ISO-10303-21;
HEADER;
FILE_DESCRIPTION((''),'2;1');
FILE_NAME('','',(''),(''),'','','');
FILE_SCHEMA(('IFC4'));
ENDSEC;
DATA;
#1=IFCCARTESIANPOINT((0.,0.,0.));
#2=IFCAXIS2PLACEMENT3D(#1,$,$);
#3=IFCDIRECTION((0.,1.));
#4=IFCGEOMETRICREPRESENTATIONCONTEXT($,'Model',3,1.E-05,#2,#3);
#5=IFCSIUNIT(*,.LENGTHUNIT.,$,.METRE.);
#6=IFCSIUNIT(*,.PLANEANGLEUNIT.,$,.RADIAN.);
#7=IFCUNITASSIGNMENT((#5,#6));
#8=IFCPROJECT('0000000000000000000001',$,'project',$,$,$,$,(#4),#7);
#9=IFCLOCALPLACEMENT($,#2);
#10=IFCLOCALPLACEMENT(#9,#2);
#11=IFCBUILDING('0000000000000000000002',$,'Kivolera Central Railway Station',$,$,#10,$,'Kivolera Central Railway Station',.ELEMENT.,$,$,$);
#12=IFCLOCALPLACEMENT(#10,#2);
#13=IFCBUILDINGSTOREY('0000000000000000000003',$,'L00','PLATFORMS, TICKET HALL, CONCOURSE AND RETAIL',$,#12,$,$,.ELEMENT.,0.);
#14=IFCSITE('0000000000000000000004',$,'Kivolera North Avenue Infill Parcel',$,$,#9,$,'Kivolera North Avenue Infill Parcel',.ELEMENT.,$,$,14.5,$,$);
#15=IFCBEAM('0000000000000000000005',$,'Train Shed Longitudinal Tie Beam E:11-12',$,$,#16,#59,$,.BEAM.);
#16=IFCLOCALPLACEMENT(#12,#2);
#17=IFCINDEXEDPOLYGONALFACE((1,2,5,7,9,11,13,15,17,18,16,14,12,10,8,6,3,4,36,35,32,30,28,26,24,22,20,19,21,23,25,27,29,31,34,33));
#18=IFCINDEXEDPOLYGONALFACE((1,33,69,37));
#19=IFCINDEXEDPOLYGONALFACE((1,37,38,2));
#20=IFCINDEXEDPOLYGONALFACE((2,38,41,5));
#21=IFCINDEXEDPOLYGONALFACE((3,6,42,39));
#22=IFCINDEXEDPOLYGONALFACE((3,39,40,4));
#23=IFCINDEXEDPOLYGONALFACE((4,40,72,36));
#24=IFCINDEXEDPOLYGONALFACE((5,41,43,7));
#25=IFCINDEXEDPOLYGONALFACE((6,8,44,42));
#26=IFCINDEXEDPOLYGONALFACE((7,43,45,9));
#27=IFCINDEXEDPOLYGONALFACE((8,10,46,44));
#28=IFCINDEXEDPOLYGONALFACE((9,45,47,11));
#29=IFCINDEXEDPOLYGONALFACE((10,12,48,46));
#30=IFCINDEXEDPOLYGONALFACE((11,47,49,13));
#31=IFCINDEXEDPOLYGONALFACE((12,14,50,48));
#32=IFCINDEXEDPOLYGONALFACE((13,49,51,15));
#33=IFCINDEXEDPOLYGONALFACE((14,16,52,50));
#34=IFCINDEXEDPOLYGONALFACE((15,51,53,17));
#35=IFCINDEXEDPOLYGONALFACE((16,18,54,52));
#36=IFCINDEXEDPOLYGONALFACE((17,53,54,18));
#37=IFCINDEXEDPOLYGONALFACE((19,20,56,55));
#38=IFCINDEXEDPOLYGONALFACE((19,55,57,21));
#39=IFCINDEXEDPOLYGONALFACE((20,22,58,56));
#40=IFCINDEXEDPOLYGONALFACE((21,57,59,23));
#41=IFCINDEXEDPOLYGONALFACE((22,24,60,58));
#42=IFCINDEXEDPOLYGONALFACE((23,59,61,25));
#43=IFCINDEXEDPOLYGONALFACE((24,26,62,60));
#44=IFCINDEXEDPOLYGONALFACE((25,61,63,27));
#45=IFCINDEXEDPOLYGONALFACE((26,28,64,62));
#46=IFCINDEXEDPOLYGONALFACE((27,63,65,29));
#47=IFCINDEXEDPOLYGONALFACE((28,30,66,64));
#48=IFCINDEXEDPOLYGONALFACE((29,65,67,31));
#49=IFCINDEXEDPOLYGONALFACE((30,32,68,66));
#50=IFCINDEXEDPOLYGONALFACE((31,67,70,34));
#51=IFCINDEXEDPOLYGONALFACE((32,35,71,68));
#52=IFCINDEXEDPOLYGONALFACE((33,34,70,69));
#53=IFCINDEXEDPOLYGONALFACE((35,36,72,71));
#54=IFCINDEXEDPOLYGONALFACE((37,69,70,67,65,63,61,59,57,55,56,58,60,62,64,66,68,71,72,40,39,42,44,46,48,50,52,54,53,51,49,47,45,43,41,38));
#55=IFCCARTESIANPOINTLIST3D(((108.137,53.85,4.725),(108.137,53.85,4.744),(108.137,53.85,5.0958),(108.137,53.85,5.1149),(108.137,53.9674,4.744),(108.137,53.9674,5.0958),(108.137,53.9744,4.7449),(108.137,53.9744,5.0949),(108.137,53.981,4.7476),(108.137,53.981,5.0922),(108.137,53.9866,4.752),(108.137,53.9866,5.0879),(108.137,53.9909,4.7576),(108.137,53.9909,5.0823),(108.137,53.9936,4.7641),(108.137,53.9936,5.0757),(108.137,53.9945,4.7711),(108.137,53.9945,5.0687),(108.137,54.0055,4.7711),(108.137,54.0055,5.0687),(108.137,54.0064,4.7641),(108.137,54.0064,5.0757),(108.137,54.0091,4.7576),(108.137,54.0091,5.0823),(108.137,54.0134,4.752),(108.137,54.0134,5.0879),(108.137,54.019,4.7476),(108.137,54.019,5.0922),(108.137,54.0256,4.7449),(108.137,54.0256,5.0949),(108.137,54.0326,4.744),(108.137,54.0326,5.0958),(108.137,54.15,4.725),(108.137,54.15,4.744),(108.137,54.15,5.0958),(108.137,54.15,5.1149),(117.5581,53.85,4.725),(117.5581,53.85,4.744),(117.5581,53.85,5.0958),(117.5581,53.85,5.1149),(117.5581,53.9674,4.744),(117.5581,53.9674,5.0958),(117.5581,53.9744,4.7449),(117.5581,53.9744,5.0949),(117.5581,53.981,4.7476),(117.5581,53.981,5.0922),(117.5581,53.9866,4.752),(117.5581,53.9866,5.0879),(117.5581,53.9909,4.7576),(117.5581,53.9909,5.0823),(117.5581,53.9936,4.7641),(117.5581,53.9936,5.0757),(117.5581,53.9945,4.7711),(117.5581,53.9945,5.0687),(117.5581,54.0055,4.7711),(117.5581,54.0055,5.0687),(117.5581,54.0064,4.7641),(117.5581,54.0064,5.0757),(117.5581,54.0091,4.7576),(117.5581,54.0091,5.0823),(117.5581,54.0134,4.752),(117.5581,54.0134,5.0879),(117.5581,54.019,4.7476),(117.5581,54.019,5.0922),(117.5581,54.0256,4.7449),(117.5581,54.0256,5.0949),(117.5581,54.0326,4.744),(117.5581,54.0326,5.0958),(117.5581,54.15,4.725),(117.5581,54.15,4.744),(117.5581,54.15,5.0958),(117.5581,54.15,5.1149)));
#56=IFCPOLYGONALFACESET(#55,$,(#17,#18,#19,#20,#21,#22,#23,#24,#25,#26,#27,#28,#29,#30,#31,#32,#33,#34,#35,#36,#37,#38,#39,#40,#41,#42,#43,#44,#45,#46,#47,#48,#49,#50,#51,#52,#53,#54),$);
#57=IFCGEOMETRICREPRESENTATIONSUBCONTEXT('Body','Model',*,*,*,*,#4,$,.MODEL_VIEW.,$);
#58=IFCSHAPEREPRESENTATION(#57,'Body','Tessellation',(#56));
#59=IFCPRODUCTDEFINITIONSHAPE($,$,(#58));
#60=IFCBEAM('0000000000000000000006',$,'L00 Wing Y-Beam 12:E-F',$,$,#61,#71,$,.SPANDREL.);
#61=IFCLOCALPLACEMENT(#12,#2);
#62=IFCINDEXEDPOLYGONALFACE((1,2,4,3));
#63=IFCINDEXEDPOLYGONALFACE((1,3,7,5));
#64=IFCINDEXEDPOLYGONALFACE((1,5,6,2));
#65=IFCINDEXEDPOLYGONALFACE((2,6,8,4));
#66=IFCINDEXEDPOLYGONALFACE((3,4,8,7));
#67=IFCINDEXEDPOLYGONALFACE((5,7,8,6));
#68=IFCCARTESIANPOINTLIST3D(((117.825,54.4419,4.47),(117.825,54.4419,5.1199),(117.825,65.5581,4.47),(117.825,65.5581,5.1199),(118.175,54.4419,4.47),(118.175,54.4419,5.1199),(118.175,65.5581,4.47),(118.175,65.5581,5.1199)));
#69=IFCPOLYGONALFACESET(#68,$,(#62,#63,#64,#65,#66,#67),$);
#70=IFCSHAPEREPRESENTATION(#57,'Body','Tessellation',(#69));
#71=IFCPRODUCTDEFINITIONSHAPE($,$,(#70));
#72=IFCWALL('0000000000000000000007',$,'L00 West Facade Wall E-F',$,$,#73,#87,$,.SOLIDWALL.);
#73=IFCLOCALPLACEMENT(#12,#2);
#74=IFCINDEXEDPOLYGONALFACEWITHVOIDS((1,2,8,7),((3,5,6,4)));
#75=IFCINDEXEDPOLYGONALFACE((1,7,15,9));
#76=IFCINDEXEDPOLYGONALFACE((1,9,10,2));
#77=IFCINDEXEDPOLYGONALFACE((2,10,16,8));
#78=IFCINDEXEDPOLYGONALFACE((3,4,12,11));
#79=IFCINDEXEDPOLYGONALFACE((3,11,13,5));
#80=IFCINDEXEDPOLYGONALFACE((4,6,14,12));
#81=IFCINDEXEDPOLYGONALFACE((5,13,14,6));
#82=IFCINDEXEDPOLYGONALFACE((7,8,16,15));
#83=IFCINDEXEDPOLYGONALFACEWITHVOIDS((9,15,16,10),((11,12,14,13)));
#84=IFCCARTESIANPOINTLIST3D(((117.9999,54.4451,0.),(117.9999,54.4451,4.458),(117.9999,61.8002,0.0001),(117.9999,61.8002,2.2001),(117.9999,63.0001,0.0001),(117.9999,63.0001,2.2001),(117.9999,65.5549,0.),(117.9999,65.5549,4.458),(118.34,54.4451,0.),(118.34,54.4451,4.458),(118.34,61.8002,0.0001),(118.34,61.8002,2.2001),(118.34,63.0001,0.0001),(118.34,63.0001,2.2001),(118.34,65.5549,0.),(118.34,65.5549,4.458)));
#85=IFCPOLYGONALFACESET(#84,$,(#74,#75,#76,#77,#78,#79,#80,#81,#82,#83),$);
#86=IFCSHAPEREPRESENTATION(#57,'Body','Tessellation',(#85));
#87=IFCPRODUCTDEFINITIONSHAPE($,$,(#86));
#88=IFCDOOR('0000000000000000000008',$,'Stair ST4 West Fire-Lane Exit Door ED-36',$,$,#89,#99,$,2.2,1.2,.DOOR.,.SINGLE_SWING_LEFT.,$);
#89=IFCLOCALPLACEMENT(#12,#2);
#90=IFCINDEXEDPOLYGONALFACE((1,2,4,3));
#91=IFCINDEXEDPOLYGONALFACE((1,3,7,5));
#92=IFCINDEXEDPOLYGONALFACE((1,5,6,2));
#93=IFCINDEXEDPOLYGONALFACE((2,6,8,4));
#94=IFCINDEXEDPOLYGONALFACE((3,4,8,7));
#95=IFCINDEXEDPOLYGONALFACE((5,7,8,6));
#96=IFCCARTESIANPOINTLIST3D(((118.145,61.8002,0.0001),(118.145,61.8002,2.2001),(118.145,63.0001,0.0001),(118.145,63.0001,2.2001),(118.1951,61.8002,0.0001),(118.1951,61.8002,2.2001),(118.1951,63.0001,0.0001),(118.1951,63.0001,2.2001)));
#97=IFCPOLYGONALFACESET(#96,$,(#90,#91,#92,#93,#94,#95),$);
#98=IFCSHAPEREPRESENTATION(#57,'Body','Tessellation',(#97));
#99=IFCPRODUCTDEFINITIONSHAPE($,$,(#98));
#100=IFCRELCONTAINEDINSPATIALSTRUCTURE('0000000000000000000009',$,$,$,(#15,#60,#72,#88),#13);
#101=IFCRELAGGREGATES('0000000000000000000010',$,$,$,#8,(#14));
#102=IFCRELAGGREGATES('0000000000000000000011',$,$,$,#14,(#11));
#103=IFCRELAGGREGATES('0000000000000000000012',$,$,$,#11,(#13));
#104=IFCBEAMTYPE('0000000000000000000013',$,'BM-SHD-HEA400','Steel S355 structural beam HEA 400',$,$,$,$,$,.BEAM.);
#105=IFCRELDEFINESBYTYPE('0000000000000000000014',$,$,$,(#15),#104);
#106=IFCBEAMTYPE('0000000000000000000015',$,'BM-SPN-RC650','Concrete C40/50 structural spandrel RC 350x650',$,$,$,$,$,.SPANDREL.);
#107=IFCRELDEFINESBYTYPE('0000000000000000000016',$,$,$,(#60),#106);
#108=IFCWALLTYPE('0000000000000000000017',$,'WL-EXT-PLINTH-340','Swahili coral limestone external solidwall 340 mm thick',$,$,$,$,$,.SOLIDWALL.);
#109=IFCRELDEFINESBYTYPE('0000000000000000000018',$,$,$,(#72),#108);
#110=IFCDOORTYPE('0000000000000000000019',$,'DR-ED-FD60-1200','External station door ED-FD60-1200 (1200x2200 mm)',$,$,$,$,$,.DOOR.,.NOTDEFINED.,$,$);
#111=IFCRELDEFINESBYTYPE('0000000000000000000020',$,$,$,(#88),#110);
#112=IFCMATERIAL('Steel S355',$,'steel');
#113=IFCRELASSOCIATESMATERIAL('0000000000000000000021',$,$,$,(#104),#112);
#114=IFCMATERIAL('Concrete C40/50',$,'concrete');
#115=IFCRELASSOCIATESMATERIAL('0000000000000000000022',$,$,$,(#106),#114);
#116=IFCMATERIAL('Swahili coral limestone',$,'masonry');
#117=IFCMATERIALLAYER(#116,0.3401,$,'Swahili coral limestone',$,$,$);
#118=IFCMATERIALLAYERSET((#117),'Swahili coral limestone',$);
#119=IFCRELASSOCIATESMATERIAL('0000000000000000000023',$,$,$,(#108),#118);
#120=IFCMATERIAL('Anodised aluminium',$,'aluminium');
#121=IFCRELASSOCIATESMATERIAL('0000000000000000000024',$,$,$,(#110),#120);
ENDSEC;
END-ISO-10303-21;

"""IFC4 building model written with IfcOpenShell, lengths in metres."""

from ifc_helpers import new_model, si_unit, direction, frame, frame_2d, origin, origin_2d, place, context, subcontext, project, spatial, rectangle, i_section, extrude, material, layer, layer_set, material_profile, profile_set, type_object, element, fill, save


model = new_model("IFC4")

# Units and contexts
model_context = context("Model", 3, precision=1e-05, world=origin(), true_north=direction((0.0, 1.0)))
body_context = subcontext(model_context, "Body", "Model", "MODEL_VIEW")
ifc_project = project(units=[si_unit("LENGTHUNIT", "METRE"), si_unit("PLANEANGLEUNIT", "RADIAN")], contexts=[model_context])

# Site, building, storey
site_placement = place(None, origin())
site = spatial("IfcSite", under=ifc_project, at=site_placement, Name="Kivolera North Avenue Infill Parcel", LongName="Kivolera North Avenue Infill Parcel", CompositionType="ELEMENT", RefElevation=14.5)
building_placement = place(site_placement, origin())
building = spatial("IfcBuilding", under=site, at=building_placement, Name="Kivolera Central Railway Station", LongName="Kivolera Central Railway Station", CompositionType="ELEMENT")
storey_placement = place(building_placement, origin())
storey = spatial("IfcBuildingStorey", under=building, at=storey_placement, Name="L00", Description="PLATFORMS, TICKET HALL, CONCOURSE AND RETAIL", CompositionType="ELEMENT", Elevation=0.0)

# Shared definitions
ifc_material_1 = material(Name="Concrete C40/50", Category="concrete")
ifc_material_2 = material(Name="Steel S355", Category="steel")

# Beams
ifc_material_profile_1 = material_profile(ifc_material_2, i_section(OverallWidth=0.3, OverallDepth=0.3899, WebThickness=0.011, FlangeThickness=0.019, FilletRadius=0.0271, at=origin_2d()), Name="HEA 400")
ifc_profile_set_1 = profile_set([ifc_material_profile_1], Name="Steel S355")
beam_type_1 = type_object("IfcBeamType", Name="BM-SHD-HEA400", Description="Steel S355 structural beam HEA 400", PredefinedType="BEAM", material=ifc_profile_set_1)
beam_1_placement = place(storey_placement, frame((108.137, 54.0, 4.9199), z_axis=(1.0, 0.0, 0.0), x_axis=(0.0, 1.0, 0.0)))
element("IfcBeam", 1, at=beam_1_placement, inside=storey, type_object=beam_type_1, Name="Train Shed Longitudinal Tie Beam E:11-12", PredefinedType="BEAM", context=body_context, shape_type="SweptSolid", body=[
    extrude(i_section(OverallWidth=0.3, OverallDepth=0.3899, WebThickness=0.011, FlangeThickness=0.019, FilletRadius=0.0271, at=origin_2d()), origin(), (0.0, 0.0, 1.0), 9.4211),
])
ifc_material_profile_2 = material_profile(ifc_material_1, rectangle(XDim=0.3501, YDim=0.6499, at=origin_2d()), Name="RC 350x650")
ifc_profile_set_2 = profile_set([ifc_material_profile_2], Name="Concrete C40/50")
beam_type_2 = type_object("IfcBeamType", Name="BM-SPN-RC650", Description="Concrete C40/50 structural spandrel RC 350x650", PredefinedType="SPANDREL", material=ifc_profile_set_2)
beam_2_placement = place(storey_placement, frame((118.0, 54.4419, 4.7949), z_axis=(0.0, 1.0, 0.0), x_axis=(-1.0, 0.0, 0.0)))
element("IfcBeam", 2, at=beam_2_placement, inside=storey, type_object=beam_type_2, Name="L00 Wing Y-Beam 12:E-F", PredefinedType="SPANDREL", context=body_context, shape_type="SweptSolid", body=[
    extrude(rectangle(XDim=0.3501, YDim=0.6499, at=origin_2d()), origin(), (0.0, 0.0, 1.0), 11.1162),
])

# Wall, opening, door
ifc_material_3 = material(Name="Swahili coral limestone", Category="masonry")
ifc_layer = layer(ifc_material_3, 0.3401, Name="Swahili coral limestone")
ifc_layer_set = layer_set([ifc_layer], Name="Swahili coral limestone")
wall_type = type_object("IfcWallType", Name="WL-EXT-PLINTH-340", Description="Swahili coral limestone external solidwall 340 mm thick", PredefinedType="SOLIDWALL", material=ifc_layer_set)
wall_placement = place(storey_placement, frame((118.1699, 54.4451, 0.0), z_axis=(0.0, 0.0, 1.0), x_axis=(0.0, 1.0, 0.0)))
wall = element("IfcWall", 3, at=wall_placement, inside=storey, type_object=wall_type, Name="L00 West Facade Wall E-F", PredefinedType="SOLIDWALL", context=body_context, shape_type="SweptSolid", body=[
    extrude(rectangle(XDim=11.1099, YDim=0.3401, at=frame_2d((5.5549, 0.0))), origin(), (0.0, 0.0, 1.0), 4.458),
])
opening_placement = place(wall_placement, frame((7.355, 0.0, 0.0)))
opening = element("IfcOpeningElement", 4, at=opening_placement, cuts=wall, PredefinedType="OPENING", context=body_context, shape_type="SweptSolid", body=[
    extrude(rectangle(XDim=1.2, YDim=2.2, at=frame_2d((0.6001, 1.1001))), frame((0.0, 0.1799, 0.0), z_axis=(0.0, -1.0, 0.0), x_axis=(1.0, 0.0, 0.0)), (0.0, 0.0, 1.0), 0.3601),
])
ifc_material_4 = material(Name="Anodised aluminium", Category="aluminium")
door_type = type_object("IfcDoorType", Name="DR-ED-FD60-1200", Description="External station door ED-FD60-1200 (1200x2200 mm)", OperationType="NOTDEFINED", PredefinedType="DOOR", material=ifc_material_4)
door_placement = place(opening_placement, origin())
door = element("IfcDoor", 5, at=door_placement, inside=storey, type_object=door_type, Name="Stair ST4 West Fire-Lane Exit Door ED-36", OperationType="SINGLE_SWING_LEFT", OverallHeight=2.2, OverallWidth=1.2, PredefinedType="DOOR", context=body_context, shape_type="SweptSolid", body=[
    extrude(rectangle(XDim=1.2, YDim=2.2, at=frame_2d((0.6001, 1.1001))), frame((0.0, 0.0249, 0.0), z_axis=(0.0, -1.0, 0.0), x_axis=(1.0, 0.0, 0.0)), (0.0, 0.0, 1.0), 0.05),
])
fill(opening, door)

save(model, "model.ifc")
